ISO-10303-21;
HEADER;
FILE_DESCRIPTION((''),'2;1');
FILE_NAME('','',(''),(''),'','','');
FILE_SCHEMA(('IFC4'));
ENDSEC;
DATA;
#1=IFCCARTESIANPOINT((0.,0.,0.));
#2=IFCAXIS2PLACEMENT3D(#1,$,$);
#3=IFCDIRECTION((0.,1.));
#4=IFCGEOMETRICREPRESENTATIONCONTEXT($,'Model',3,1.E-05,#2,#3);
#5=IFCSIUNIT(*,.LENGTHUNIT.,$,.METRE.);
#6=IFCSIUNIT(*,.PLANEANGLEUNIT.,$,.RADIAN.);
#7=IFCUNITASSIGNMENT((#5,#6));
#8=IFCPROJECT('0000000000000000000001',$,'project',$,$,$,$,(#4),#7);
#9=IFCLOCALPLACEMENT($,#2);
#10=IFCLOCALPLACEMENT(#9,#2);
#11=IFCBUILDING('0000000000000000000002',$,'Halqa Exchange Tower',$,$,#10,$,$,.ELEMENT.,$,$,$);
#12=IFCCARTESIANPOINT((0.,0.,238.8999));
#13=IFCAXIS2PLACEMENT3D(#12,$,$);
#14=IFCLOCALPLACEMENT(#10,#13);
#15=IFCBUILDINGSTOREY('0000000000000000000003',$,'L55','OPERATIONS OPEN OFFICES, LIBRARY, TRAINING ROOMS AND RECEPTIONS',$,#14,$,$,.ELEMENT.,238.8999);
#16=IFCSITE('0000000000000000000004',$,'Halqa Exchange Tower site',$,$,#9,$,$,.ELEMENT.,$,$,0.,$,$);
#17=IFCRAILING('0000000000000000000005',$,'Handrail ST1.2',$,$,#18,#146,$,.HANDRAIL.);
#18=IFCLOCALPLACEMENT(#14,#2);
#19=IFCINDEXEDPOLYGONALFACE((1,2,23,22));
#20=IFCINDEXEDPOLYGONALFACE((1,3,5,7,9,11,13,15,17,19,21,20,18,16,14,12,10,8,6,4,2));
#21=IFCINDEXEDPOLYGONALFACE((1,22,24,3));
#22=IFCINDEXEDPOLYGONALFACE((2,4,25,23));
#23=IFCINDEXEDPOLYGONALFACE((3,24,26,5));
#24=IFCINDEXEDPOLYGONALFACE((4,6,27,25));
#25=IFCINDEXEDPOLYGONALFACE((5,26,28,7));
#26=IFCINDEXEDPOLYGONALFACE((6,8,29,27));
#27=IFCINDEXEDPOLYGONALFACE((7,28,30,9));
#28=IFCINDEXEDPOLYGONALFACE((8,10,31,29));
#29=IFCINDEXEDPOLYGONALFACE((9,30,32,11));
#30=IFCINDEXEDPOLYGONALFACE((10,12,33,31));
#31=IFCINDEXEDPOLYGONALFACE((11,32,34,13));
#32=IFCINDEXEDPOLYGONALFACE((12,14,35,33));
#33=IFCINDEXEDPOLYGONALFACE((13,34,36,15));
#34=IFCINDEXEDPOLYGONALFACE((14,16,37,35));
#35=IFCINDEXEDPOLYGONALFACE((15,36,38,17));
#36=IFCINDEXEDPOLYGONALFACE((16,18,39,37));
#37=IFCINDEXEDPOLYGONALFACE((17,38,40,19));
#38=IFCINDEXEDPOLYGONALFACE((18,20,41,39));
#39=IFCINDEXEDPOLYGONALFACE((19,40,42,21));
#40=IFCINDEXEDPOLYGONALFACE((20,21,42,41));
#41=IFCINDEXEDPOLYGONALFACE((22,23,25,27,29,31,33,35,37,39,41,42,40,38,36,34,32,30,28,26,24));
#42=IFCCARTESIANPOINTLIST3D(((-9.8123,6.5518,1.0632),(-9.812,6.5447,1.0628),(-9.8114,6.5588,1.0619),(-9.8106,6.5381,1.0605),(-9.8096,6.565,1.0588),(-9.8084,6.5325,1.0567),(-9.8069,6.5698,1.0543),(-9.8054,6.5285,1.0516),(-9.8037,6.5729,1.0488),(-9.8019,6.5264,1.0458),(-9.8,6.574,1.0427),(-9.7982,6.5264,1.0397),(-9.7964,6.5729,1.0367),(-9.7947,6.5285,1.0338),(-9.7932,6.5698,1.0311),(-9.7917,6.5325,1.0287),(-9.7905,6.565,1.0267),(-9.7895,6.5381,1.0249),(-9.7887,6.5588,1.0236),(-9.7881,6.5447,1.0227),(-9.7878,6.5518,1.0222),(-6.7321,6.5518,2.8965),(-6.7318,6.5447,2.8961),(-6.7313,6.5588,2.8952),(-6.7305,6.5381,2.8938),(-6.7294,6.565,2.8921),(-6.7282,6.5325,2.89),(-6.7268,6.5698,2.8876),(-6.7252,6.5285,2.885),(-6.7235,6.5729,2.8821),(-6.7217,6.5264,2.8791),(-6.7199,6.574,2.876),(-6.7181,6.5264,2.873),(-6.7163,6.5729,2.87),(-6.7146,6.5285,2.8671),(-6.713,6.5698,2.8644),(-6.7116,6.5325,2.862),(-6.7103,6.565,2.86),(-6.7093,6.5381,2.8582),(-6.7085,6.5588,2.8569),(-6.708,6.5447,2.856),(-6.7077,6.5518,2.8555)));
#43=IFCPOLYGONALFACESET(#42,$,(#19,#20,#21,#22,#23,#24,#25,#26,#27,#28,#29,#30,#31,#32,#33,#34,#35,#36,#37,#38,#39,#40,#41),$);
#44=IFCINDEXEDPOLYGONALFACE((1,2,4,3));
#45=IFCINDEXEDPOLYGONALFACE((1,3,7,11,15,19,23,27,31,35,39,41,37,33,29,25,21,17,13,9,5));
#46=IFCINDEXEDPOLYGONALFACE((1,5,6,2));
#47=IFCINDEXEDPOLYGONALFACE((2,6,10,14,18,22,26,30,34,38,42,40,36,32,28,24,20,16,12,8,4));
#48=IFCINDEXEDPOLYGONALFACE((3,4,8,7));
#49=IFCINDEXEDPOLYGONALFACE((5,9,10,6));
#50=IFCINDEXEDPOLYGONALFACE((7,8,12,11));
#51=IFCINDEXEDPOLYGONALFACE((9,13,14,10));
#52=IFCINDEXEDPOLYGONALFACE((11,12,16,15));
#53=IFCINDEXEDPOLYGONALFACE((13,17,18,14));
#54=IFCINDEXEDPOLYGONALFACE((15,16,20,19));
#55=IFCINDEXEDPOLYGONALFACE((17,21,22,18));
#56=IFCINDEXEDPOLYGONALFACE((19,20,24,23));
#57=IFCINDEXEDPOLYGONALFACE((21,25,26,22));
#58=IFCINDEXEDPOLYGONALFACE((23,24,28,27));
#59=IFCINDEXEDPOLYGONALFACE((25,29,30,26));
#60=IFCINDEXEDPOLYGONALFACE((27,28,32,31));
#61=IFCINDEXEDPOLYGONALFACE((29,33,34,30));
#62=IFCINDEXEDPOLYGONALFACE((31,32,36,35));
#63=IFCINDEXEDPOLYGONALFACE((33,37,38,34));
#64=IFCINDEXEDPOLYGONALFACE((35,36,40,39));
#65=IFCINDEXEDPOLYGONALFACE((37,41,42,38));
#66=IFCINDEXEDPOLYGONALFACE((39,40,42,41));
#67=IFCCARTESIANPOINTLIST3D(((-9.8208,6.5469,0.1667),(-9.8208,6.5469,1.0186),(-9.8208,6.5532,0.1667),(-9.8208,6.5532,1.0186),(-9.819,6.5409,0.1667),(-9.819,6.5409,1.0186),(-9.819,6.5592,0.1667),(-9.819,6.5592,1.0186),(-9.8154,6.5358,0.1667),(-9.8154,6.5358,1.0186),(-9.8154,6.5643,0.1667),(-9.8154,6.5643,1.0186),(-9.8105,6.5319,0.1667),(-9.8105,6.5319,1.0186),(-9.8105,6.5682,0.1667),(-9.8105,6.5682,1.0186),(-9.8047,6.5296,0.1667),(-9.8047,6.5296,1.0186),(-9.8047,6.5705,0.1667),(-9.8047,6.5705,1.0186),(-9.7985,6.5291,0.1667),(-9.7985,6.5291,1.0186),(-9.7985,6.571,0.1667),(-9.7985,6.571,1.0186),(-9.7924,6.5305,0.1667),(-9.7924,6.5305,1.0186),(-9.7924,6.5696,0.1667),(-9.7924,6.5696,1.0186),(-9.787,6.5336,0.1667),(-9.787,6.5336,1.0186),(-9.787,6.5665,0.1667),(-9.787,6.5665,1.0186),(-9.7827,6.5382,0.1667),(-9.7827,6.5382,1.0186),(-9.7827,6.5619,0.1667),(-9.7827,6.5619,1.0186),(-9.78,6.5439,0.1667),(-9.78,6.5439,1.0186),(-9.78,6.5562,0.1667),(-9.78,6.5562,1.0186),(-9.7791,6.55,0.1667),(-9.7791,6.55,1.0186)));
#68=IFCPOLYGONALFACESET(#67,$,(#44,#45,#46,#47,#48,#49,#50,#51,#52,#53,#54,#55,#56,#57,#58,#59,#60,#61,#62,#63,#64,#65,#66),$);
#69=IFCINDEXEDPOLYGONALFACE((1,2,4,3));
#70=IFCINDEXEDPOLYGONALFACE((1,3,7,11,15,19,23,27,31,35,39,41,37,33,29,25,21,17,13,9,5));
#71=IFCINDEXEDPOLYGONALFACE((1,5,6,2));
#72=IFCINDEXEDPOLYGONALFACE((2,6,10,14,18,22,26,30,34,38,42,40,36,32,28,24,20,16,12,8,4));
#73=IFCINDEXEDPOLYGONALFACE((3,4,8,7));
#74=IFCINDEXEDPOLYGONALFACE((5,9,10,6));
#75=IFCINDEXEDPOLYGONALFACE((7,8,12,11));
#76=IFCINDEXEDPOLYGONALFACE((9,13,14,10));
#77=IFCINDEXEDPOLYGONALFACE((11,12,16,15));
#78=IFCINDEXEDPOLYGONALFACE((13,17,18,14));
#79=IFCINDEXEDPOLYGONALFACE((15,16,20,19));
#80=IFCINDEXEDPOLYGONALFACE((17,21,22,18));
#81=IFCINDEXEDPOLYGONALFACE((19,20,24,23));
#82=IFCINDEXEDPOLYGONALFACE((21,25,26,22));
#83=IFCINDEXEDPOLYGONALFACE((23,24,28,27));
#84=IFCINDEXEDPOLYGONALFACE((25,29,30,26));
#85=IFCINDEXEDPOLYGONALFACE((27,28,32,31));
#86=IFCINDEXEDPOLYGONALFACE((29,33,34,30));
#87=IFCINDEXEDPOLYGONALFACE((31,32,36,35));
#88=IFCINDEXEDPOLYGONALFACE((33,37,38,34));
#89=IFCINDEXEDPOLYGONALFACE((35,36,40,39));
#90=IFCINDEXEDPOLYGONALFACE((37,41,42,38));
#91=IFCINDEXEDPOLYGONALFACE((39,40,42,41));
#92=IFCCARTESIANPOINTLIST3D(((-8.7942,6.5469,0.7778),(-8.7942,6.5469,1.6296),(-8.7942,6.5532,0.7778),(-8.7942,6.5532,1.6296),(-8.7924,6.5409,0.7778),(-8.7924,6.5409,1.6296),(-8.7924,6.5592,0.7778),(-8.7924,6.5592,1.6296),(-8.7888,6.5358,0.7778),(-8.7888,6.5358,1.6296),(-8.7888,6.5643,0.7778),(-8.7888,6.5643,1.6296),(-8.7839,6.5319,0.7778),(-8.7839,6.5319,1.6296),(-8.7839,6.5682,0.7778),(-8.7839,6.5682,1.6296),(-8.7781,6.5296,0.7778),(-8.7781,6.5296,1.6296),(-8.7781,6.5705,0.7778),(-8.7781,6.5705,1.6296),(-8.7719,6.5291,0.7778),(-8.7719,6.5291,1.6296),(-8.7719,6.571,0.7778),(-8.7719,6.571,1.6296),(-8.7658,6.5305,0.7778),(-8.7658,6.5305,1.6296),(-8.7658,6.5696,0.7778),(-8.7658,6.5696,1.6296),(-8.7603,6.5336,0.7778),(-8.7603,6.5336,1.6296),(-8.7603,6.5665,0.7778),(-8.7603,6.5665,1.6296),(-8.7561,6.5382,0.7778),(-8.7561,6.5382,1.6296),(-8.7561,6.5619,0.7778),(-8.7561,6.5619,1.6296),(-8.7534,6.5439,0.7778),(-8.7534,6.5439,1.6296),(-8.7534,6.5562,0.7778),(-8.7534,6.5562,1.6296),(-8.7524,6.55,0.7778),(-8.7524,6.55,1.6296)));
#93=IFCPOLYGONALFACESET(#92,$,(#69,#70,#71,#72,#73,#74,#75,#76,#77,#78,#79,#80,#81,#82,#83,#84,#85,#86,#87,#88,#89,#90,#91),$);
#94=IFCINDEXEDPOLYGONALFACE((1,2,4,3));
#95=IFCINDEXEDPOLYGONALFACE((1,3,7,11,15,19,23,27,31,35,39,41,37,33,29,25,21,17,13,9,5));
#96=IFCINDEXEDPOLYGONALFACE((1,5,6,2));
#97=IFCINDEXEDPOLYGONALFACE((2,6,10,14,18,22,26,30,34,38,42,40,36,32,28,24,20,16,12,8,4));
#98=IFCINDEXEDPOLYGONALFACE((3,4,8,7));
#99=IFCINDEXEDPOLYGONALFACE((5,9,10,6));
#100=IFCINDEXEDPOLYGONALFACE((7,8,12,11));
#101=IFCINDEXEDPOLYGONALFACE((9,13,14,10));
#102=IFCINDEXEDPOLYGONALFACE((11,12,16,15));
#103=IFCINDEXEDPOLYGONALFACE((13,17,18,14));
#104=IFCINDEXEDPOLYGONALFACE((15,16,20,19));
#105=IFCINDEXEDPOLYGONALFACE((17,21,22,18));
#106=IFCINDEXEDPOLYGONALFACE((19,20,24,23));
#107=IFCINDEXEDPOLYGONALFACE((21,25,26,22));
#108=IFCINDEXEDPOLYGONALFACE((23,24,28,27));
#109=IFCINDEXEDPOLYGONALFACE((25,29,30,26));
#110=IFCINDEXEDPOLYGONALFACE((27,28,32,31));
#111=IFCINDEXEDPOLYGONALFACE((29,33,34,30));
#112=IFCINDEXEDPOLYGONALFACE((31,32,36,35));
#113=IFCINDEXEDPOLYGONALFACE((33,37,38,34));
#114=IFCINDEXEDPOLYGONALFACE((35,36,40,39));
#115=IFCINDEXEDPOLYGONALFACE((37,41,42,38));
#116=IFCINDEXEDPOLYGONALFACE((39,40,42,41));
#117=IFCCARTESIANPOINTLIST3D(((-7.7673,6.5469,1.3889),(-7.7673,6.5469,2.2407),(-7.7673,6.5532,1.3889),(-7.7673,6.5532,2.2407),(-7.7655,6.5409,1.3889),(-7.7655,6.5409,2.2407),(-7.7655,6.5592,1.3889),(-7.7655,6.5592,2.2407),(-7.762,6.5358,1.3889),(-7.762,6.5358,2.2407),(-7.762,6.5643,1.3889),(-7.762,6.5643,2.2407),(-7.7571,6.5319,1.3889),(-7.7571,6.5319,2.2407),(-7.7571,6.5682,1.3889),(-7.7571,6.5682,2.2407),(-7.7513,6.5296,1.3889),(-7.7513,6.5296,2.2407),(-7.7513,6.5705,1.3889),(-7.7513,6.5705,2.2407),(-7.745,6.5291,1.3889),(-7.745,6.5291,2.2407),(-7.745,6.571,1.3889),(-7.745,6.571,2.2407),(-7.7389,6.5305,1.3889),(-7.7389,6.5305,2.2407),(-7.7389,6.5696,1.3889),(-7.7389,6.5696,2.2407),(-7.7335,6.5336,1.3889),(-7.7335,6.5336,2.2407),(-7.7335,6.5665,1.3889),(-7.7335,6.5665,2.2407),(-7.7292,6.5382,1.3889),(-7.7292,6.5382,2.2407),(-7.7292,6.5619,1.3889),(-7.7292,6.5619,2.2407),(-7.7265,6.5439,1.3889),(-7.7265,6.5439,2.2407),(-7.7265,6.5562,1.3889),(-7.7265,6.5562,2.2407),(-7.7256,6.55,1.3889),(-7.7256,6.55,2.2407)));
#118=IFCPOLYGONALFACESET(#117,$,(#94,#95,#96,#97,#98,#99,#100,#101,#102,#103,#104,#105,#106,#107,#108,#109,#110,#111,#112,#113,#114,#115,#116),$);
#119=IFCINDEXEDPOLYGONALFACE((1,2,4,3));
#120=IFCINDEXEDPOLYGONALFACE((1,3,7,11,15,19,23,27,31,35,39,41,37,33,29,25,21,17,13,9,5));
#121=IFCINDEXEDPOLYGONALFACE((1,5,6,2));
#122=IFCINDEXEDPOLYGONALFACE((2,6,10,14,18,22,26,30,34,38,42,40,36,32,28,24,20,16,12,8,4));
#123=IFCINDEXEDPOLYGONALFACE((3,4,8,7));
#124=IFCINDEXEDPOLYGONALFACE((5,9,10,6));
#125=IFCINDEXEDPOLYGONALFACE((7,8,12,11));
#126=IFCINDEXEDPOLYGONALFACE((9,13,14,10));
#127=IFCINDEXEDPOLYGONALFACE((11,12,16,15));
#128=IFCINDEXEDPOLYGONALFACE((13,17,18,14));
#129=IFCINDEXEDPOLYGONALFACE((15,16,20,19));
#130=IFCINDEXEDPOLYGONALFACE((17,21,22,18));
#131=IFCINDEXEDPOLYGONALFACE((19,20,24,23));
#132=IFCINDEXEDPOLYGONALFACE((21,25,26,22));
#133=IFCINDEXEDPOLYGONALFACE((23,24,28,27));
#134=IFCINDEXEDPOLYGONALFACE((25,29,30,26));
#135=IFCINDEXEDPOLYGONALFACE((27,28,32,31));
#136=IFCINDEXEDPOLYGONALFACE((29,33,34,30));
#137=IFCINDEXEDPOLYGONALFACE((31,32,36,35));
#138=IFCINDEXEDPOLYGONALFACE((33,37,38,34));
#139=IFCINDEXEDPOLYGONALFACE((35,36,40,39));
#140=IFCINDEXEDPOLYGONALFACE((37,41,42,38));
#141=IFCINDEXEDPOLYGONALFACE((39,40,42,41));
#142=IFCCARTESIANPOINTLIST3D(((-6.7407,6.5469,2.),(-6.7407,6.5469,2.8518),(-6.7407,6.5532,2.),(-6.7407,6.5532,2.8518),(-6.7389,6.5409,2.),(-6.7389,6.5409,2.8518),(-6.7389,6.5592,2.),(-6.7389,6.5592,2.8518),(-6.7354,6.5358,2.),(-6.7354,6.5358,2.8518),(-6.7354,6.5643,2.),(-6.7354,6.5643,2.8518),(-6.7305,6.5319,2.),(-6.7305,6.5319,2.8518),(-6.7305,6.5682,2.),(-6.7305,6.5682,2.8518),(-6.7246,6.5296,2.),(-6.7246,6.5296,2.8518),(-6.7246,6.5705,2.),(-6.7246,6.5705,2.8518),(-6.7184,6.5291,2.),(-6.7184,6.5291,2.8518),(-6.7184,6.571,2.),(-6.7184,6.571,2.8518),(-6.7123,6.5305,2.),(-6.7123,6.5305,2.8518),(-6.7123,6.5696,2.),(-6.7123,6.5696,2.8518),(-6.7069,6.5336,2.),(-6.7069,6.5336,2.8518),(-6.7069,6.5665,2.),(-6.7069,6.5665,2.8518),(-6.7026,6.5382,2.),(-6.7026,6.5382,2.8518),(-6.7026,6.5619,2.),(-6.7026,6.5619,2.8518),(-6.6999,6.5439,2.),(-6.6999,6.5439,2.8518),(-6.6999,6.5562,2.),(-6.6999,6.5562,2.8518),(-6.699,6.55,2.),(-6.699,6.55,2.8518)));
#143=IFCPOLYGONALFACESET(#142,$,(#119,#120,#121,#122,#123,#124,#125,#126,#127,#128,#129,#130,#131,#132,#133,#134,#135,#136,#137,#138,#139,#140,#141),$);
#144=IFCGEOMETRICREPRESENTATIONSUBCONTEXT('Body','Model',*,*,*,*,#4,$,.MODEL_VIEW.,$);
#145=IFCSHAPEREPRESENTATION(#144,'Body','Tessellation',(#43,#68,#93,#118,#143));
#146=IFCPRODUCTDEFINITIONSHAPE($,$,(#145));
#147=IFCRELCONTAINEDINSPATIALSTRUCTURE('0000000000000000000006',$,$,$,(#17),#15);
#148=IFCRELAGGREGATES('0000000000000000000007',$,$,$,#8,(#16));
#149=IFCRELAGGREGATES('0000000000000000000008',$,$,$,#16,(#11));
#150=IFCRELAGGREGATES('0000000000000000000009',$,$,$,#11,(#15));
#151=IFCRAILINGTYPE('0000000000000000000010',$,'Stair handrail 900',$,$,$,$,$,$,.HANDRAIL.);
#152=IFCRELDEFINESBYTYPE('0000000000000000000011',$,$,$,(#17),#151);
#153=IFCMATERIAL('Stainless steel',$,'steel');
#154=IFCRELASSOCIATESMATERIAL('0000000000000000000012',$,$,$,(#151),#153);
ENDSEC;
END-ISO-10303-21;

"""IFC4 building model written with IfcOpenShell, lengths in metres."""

from ifc_helpers import new_model, si_unit, direction, frame, origin, origin_2d, place, context, subcontext, project, spatial, circle, extrude, material, type_object, element, save


model = new_model("IFC4")

# Units and contexts
model_context = context("Model", 3, precision=1e-05, world=origin(), true_north=direction((0.0, 1.0)))
body_context = subcontext(model_context, "Body", "Model", "MODEL_VIEW")
ifc_project = project(units=[si_unit("LENGTHUNIT", "METRE"), si_unit("PLANEANGLEUNIT", "RADIAN")], contexts=[model_context])

# Site, building, storey
site_placement = place(None, origin())
site = spatial("IfcSite", under=ifc_project, at=site_placement, Name="Halqa Exchange Tower site", CompositionType="ELEMENT", RefElevation=0.0)
building_placement = place(site_placement, origin())
building = spatial("IfcBuilding", under=site, at=building_placement, Name="Halqa Exchange Tower", CompositionType="ELEMENT")
storey_placement = place(building_placement, frame((0.0, 0.0, 238.8999)))
storey = spatial("IfcBuildingStorey", under=building, at=storey_placement, Name="L55", Description="OPERATIONS OPEN OFFICES, LIBRARY, TRAINING ROOMS AND RECEPTIONS", CompositionType="ELEMENT", Elevation=238.8999)

# Shared definitions
ifc_material_1 = material(Name="Stainless steel", Category="steel")

# Railing
railing_type_1 = type_object("IfcRailingType", Name="Stair handrail 900", PredefinedType="HANDRAIL", material=ifc_material_1)
railing_1_placement = place(storey_placement, frame((-9.8, 6.55, 0.1667)))
element("IfcRailing", 1, at=railing_1_placement, inside=storey, type_object=railing_type_1, Name="Handrail ST1.2", PredefinedType="HANDRAIL", context=body_context, shape_type="SweptSolid", body=[
    extrude(circle(Radius=0.0239, at=origin_2d()), frame((0.0, 0.0, 0.876), z_axis=(0.859309, 0.0, 0.511458), x_axis=(0.0, 1.0, 0.0)), (0.0, 0.0, 1.0), 3.5845),
    extrude(circle(Radius=0.021, at=origin_2d()), origin(), (0.0, 0.0, 1.0), 0.8518),
    extrude(circle(Radius=0.021, at=origin_2d()), frame((1.0266, 0.0, 0.6111)), (0.0, 0.0, 1.0), 0.8518),
    extrude(circle(Radius=0.021, at=origin_2d()), frame((2.0535, 0.0, 1.2222)), (0.0, 0.0, 1.0), 0.8518),
    extrude(circle(Radius=0.021, at=origin_2d()), frame((3.0801, 0.0, 1.8333)), (0.0, 0.0, 1.0), 0.8518),
])

save(model, "model.ifc")
